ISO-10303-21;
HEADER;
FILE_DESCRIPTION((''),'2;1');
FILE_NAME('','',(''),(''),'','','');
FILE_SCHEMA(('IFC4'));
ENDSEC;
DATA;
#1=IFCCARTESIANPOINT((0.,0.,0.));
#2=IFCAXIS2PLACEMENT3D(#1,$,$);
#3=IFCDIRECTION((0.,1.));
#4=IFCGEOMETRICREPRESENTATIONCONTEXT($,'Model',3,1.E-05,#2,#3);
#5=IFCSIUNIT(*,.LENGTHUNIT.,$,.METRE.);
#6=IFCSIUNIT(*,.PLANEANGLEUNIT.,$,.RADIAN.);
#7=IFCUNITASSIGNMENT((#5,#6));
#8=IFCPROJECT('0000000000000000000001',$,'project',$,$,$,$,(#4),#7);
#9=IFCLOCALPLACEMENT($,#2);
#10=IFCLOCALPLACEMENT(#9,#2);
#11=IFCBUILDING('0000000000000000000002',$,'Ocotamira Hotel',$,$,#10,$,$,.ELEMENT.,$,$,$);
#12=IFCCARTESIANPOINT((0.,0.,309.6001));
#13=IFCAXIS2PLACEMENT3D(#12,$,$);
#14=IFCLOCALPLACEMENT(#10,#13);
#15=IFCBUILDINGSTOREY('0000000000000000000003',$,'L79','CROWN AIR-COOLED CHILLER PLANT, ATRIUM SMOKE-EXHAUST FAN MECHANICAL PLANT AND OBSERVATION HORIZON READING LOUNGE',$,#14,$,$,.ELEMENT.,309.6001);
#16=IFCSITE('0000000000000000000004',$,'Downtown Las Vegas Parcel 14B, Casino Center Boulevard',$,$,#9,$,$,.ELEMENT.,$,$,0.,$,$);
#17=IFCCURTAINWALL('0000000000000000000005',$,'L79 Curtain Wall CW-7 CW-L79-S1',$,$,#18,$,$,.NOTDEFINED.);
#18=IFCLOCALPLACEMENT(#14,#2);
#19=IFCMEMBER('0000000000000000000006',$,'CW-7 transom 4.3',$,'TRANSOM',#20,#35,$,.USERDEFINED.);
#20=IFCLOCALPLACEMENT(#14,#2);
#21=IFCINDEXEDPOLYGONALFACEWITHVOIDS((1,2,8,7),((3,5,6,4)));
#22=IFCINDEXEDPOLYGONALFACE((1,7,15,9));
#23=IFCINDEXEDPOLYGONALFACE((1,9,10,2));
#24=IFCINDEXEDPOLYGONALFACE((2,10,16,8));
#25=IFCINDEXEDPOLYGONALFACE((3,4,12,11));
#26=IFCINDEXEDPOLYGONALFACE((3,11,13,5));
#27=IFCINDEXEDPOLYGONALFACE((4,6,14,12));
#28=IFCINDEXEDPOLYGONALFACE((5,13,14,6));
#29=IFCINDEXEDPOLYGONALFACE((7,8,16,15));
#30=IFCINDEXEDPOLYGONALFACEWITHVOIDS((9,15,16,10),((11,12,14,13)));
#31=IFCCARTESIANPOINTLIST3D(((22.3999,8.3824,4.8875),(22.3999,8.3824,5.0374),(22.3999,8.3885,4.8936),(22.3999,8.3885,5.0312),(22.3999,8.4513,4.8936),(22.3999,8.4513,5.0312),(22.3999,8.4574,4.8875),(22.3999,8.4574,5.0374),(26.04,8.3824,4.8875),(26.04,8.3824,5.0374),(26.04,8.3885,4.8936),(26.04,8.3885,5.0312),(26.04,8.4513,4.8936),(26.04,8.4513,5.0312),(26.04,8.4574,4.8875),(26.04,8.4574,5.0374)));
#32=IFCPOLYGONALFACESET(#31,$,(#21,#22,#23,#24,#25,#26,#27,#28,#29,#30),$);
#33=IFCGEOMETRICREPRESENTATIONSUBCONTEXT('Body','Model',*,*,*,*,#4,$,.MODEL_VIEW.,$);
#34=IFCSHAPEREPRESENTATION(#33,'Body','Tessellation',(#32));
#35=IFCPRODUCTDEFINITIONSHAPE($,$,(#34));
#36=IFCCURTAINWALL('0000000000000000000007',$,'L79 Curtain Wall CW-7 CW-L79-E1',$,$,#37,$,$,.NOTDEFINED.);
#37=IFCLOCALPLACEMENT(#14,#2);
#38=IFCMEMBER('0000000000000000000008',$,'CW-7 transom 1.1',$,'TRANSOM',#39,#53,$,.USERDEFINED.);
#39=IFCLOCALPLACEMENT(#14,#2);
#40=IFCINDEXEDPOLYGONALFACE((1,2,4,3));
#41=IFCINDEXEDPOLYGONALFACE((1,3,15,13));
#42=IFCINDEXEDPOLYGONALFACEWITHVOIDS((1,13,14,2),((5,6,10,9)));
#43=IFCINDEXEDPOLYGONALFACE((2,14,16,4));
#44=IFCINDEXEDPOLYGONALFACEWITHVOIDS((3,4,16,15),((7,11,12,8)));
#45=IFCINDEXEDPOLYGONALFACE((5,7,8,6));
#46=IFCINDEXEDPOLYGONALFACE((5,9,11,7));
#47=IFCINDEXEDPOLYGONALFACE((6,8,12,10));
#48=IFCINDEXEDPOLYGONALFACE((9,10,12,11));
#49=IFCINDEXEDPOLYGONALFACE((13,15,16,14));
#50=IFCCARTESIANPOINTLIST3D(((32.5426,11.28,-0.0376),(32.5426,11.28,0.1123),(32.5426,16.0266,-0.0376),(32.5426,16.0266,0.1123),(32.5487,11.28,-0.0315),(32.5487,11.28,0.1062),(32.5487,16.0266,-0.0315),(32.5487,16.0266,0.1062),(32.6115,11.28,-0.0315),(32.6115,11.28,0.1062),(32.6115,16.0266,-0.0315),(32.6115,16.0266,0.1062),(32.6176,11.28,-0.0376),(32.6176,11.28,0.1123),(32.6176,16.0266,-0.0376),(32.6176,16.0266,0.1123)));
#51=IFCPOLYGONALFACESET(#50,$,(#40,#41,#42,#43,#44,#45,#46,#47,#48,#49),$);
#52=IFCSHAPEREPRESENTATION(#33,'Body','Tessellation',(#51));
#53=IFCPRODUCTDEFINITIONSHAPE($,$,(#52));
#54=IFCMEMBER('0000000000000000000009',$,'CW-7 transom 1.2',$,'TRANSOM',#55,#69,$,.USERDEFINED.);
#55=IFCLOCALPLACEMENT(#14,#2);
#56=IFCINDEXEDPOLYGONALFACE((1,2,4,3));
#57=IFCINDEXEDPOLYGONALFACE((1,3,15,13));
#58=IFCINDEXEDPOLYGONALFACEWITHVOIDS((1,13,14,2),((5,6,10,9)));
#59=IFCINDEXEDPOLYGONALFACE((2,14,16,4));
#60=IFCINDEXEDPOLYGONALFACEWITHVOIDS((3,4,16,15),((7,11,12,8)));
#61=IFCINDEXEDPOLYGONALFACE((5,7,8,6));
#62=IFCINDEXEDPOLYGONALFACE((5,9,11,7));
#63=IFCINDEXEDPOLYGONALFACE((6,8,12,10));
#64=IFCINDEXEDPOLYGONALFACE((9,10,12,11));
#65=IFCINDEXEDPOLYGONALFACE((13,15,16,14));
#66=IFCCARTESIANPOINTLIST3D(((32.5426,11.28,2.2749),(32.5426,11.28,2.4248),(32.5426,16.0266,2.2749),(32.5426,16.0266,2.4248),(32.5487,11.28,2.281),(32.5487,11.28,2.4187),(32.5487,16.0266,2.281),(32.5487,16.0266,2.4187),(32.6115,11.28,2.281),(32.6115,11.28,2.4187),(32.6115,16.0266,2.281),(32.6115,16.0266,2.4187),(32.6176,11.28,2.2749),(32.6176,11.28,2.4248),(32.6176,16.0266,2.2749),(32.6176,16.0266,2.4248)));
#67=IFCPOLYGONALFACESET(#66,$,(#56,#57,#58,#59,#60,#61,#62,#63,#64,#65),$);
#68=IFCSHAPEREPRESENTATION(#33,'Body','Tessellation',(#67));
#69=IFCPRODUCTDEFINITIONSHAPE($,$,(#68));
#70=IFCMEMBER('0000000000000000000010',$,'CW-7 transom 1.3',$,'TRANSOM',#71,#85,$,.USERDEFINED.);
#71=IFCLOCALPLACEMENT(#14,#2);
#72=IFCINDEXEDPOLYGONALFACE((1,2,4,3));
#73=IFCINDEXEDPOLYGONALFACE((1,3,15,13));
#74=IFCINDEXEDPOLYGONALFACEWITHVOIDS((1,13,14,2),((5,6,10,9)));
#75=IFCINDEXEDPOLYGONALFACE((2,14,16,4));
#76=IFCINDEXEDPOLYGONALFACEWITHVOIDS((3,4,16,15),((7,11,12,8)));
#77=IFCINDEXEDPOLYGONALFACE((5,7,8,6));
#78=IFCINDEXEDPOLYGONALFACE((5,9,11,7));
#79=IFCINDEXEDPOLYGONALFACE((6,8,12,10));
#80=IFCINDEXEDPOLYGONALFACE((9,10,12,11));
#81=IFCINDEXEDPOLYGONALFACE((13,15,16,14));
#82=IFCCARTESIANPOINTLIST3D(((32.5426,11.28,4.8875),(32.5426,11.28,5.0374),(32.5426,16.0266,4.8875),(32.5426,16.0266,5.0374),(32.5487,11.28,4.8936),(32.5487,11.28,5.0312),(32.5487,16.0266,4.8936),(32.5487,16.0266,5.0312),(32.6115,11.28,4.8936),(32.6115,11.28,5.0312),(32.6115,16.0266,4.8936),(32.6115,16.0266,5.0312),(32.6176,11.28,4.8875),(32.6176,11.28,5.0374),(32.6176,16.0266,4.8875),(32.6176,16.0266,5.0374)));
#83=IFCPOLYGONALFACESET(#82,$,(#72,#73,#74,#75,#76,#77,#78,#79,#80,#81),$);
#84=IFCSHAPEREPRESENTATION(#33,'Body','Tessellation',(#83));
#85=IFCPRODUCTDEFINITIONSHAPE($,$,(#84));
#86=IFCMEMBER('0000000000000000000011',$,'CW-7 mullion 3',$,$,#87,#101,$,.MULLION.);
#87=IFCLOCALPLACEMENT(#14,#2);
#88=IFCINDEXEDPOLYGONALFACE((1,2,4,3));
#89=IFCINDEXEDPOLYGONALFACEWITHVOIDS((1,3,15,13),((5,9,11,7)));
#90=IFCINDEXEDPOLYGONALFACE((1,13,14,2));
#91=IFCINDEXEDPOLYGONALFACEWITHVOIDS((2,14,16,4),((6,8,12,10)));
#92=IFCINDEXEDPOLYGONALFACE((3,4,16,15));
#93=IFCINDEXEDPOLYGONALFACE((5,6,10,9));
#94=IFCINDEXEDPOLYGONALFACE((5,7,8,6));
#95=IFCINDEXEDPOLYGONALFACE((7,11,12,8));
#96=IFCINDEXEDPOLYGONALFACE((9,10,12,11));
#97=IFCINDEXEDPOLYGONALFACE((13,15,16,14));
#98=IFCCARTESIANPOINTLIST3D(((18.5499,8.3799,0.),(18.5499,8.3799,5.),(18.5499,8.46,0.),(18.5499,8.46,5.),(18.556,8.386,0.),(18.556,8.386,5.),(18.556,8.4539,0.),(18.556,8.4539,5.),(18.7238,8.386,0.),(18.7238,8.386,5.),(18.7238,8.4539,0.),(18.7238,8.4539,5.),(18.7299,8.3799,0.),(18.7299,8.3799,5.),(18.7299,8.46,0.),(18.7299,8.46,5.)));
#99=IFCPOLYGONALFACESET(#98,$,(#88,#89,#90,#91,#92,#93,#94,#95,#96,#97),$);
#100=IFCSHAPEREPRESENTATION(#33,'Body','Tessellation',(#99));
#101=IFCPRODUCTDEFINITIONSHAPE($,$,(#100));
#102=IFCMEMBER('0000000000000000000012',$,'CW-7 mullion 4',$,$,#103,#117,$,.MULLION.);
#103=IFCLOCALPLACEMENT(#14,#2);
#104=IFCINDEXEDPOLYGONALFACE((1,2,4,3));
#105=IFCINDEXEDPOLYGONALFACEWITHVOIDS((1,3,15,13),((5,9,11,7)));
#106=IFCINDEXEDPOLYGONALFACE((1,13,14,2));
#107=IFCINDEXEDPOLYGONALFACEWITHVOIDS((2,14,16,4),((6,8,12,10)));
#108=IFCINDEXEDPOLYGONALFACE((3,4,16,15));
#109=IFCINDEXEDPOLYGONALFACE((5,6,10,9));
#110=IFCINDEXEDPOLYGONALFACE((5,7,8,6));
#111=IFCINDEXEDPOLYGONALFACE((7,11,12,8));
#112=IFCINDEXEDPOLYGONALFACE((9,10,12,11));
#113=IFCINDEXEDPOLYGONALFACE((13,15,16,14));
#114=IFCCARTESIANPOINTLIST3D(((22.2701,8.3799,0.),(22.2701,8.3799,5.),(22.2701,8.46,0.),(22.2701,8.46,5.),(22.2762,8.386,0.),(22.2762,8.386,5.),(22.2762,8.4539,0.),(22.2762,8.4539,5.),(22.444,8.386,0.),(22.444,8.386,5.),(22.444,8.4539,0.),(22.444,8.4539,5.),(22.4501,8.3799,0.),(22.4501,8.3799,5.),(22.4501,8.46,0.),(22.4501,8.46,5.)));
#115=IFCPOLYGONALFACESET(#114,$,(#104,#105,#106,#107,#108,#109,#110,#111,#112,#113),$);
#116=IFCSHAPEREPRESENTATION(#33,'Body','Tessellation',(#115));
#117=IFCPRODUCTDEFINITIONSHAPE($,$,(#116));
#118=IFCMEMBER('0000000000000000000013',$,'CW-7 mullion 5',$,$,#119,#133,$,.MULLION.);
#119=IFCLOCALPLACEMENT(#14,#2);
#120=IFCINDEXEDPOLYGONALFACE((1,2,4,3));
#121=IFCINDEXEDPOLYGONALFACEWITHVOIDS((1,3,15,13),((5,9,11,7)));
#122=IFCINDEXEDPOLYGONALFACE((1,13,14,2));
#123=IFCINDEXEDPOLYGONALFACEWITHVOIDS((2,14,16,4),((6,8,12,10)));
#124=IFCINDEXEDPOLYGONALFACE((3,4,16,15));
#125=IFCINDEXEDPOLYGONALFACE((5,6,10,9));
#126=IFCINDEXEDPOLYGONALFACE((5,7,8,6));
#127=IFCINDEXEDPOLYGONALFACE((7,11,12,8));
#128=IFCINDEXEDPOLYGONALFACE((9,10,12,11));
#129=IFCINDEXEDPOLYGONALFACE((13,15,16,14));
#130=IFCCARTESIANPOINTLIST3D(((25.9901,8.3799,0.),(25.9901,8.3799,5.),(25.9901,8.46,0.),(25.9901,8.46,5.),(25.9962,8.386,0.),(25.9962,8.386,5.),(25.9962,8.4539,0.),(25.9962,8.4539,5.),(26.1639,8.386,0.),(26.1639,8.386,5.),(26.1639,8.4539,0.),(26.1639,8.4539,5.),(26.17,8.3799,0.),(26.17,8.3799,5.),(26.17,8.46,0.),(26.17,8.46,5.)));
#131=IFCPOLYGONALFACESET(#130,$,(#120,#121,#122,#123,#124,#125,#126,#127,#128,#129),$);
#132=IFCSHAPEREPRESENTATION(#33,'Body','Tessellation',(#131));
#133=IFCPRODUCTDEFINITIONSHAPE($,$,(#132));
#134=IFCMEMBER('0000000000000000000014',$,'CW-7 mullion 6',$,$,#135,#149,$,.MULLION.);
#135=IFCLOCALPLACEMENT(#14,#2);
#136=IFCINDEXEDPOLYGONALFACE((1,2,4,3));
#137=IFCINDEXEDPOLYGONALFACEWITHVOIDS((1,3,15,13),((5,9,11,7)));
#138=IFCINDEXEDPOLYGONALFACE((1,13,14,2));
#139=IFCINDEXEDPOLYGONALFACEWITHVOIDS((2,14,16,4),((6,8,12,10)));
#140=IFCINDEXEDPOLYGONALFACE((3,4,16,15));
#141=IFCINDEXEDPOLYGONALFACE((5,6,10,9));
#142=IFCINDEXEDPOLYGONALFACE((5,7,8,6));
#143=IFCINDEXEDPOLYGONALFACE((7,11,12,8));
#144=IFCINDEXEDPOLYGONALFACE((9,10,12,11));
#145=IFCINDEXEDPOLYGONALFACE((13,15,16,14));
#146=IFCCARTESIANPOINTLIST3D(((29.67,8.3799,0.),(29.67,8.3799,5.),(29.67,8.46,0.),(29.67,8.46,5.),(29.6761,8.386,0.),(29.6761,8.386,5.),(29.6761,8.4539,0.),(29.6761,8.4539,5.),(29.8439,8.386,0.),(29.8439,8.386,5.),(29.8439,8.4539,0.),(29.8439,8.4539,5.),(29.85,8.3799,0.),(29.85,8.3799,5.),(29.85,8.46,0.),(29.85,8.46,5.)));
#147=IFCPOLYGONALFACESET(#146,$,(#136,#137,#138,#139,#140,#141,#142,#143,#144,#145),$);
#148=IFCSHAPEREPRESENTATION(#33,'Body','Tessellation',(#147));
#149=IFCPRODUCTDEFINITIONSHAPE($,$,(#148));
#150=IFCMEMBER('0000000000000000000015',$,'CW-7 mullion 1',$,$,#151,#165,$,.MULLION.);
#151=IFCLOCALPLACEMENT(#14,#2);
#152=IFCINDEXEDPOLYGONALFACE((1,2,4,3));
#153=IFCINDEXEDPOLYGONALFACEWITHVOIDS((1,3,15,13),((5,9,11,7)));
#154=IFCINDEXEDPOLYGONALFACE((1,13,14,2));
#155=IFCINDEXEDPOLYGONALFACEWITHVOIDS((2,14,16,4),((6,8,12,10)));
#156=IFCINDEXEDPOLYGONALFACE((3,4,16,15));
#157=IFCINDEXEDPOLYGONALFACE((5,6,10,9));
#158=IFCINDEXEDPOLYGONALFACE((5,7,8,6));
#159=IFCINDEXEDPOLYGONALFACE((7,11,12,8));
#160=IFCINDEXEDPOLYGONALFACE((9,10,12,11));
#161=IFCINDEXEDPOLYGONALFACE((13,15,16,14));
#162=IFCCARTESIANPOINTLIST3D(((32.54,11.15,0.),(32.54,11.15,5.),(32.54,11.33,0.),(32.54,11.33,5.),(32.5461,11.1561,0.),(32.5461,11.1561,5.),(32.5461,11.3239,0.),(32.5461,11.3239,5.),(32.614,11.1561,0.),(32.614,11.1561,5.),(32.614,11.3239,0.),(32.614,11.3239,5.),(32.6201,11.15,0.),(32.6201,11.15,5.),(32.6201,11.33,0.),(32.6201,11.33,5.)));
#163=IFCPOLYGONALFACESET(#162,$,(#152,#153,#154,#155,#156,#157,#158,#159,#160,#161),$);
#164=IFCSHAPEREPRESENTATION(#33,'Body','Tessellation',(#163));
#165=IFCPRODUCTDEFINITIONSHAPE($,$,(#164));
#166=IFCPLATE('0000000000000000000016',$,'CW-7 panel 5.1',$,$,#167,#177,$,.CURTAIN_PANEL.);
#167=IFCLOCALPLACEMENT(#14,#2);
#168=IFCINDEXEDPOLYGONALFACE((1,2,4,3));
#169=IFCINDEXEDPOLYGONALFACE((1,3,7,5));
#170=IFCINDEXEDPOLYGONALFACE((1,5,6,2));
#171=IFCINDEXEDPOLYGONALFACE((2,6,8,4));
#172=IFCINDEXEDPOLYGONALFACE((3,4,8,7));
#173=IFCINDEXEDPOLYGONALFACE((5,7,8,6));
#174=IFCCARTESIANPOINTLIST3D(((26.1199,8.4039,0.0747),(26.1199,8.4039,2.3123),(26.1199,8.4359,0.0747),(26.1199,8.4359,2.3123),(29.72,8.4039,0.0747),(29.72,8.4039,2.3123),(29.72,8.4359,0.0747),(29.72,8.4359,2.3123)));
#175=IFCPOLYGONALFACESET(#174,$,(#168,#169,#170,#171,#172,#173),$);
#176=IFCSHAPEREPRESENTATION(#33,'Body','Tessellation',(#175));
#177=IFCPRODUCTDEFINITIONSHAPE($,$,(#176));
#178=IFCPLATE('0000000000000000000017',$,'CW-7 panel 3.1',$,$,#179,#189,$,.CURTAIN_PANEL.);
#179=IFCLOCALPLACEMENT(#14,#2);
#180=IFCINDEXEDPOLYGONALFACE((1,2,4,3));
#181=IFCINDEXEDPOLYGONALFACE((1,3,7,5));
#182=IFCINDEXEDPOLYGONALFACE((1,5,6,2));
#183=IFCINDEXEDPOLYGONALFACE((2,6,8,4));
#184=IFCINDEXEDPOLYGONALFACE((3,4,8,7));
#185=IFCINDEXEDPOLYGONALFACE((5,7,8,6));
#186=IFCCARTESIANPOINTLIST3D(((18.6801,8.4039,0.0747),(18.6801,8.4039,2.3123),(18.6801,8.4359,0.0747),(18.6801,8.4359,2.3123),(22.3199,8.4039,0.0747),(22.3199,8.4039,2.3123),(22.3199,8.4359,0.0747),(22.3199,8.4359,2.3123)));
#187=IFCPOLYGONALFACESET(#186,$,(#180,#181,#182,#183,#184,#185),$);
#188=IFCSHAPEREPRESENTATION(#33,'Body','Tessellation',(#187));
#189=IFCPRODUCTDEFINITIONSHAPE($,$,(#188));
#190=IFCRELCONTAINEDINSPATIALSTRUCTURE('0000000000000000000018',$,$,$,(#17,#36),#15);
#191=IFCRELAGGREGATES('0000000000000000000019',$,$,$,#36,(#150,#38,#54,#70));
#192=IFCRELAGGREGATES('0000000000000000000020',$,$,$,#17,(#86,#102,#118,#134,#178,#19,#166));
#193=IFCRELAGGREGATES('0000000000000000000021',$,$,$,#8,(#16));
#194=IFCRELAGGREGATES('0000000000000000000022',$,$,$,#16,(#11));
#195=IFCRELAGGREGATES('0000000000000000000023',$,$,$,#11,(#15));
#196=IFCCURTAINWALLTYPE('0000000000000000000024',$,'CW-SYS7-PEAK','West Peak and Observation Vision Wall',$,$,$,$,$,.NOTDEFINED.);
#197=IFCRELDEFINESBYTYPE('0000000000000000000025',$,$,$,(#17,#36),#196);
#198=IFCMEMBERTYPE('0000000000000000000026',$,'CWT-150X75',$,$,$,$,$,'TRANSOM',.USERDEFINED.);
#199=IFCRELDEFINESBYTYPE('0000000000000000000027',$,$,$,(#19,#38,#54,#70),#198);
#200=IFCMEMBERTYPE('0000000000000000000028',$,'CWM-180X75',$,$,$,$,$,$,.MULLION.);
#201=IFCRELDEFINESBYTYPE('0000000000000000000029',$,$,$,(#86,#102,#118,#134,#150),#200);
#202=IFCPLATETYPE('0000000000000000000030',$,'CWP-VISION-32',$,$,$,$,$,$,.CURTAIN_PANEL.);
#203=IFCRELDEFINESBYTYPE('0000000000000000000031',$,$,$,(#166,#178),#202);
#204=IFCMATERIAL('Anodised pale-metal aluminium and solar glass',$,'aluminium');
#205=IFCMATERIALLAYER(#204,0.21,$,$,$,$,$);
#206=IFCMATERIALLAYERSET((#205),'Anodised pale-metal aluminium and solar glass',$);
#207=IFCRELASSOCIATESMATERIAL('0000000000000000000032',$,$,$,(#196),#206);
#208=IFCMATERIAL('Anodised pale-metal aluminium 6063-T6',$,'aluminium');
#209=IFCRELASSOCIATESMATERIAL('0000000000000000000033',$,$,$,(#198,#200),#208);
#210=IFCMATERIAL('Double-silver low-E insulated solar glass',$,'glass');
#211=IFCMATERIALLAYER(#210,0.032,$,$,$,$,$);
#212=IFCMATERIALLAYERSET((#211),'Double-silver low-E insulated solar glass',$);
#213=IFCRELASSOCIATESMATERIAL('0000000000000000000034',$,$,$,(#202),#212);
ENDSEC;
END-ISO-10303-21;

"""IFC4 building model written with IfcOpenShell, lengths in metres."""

from ifc_helpers import new_model, si_unit, direction, frame, origin, origin_2d, place, context, subcontext, project, spatial, rectangle, hollow_rectangle, extrude, source, transform, mapped, material, layer, layer_set, material_profile, profile_set, type_object, element, aggregate, save


model = new_model("IFC4")

# Units and contexts
model_context = context("Model", 3, precision=1e-05, world=origin(), true_north=direction((0.0, 1.0)))
body_context = subcontext(model_context, "Body", "Model", "MODEL_VIEW")
ifc_project = project(units=[si_unit("LENGTHUNIT", "METRE"), si_unit("PLANEANGLEUNIT", "RADIAN")], contexts=[model_context])

# Site, building, storey
site_placement = place(None, origin())
site = spatial("IfcSite", under=ifc_project, at=site_placement, Name="Downtown Las Vegas Parcel 14B, Casino Center Boulevard", CompositionType="ELEMENT", RefElevation=0.0)
building_placement = place(site_placement, origin())
building = spatial("IfcBuilding", under=site, at=building_placement, Name="Ocotamira Hotel", CompositionType="ELEMENT")
storey_placement = place(building_placement, frame((0.0, 0.0, 309.6001)))
storey = spatial("IfcBuildingStorey", under=building, at=storey_placement, Name="L79", Description="CROWN AIR-COOLED CHILLER PLANT, ATRIUM SMOKE-EXHAUST FAN MECHANICAL PLANT AND OBSERVATION HORIZON READING LOUNGE", CompositionType="ELEMENT", Elevation=309.6001)

# Curtain walls, members
ifc_material_1 = material(Name="Anodised pale-metal aluminium and solar glass", Category="aluminium")
ifc_layer_1 = layer(ifc_material_1, 0.21)
ifc_layer_set_1 = layer_set([ifc_layer_1], Name="Anodised pale-metal aluminium and solar glass")
curtain_wall_type = type_object("IfcCurtainWallType", Name="CW-SYS7-PEAK", Description="West Peak and Observation Vision Wall", PredefinedType="NOTDEFINED", material=ifc_layer_set_1)
curtain_wall_1_placement = place(storey_placement, origin())
curtain_wall_1 = element("IfcCurtainWall", 1, at=curtain_wall_1_placement, inside=storey, type_object=curtain_wall_type, Name="L79 Curtain Wall CW-7 CW-L79-S1", PredefinedType="NOTDEFINED")
ifc_material_2 = material(Name="Anodised pale-metal aluminium 6063-T6", Category="aluminium")
ifc_material_profile_1 = material_profile(ifc_material_2, hollow_rectangle(XDim=0.075, YDim=0.1499, WallThickness=0.0061, at=origin_2d()), Name="HSS150X75X6")
ifc_profile_set_1 = profile_set([ifc_material_profile_1], Name="Anodised pale-metal aluminium 6063-T6")
member_type_1 = type_object("IfcMemberType", Name="CWT-150X75", ElementType="TRANSOM", PredefinedType="USERDEFINED", material=ifc_profile_set_1)
shared_shape_1 = source(origin(), body_context, "Body", "SweptSolid", [
    extrude(hollow_rectangle(XDim=0.075, YDim=0.1499, WallThickness=0.0061, at=origin_2d()), origin(), (0.0, 0.0, 1.0), 3.6401),
])
member_1_placement = place(storey_placement, frame((22.3999, 8.4199, 4.9624), z_axis=(1.0, 0.0, 0.0), x_axis=(0.0, 1.0, 0.0)))
member_1 = element("IfcMember", 2, at=member_1_placement, type_object=member_type_1, Name="CW-7 transom 4.3", ObjectType="TRANSOM", PredefinedType="USERDEFINED", context=body_context, shape_type="MappedRepresentation", body=[
    mapped(shared_shape_1, transform((0.0, 0.0, 0.0), scale=1.0)),
])
curtain_wall_2_placement = place(storey_placement, origin())
curtain_wall_2 = element("IfcCurtainWall", 3, at=curtain_wall_2_placement, inside=storey, type_object=curtain_wall_type, Name="L79 Curtain Wall CW-7 CW-L79-E1", PredefinedType="NOTDEFINED")
shared_shape_2 = source(origin(), body_context, "Body", "SweptSolid", [
    extrude(hollow_rectangle(XDim=0.075, YDim=0.1499, WallThickness=0.0061, at=origin_2d()), origin(), (0.0, 0.0, 1.0), 4.7466),
])
member_2_placement = place(storey_placement, frame((32.5801, 11.28, 0.0374), z_axis=(0.0, 1.0, 0.0), x_axis=(-1.0, 0.0, 0.0)))
member_2 = element("IfcMember", 4, at=member_2_placement, type_object=member_type_1, Name="CW-7 transom 1.1", ObjectType="TRANSOM", PredefinedType="USERDEFINED", context=body_context, shape_type="MappedRepresentation", body=[
    mapped(shared_shape_2, transform((0.0, 0.0, 0.0), scale=1.0)),
])
member_3_placement = place(storey_placement, frame((32.5801, 11.28, 2.3499), z_axis=(0.0, 1.0, 0.0), x_axis=(-1.0, 0.0, 0.0)))
member_3 = element("IfcMember", 5, at=member_3_placement, type_object=member_type_1, Name="CW-7 transom 1.2", ObjectType="TRANSOM", PredefinedType="USERDEFINED", context=body_context, shape_type="MappedRepresentation", body=[
    mapped(shared_shape_2, transform((0.0, 0.0, 0.0), scale=1.0)),
])
member_4_placement = place(storey_placement, frame((32.5801, 11.28, 4.9624), z_axis=(0.0, 1.0, 0.0), x_axis=(-1.0, 0.0, 0.0)))
member_4 = element("IfcMember", 6, at=member_4_placement, type_object=member_type_1, Name="CW-7 transom 1.3", ObjectType="TRANSOM", PredefinedType="USERDEFINED", context=body_context, shape_type="MappedRepresentation", body=[
    mapped(shared_shape_2, transform((0.0, 0.0, 0.0), scale=1.0)),
])

# Members
ifc_material_profile_2 = material_profile(ifc_material_2, hollow_rectangle(XDim=0.0801, YDim=0.1799, WallThickness=0.0061, at=origin_2d()), Name="HSS180X80X6")
ifc_profile_set_2 = profile_set([ifc_material_profile_2], Name="Anodised pale-metal aluminium 6063-T6")
member_type_2 = type_object("IfcMemberType", Name="CWM-180X75", PredefinedType="MULLION", material=ifc_profile_set_2)
shared_shape_3 = source(origin(), body_context, "Body", "SweptSolid", [
    extrude(hollow_rectangle(XDim=0.0801, YDim=0.1799, WallThickness=0.0061, at=origin_2d()), origin(), (0.0, 0.0, 1.0), 5.0),
])
member_5_placement = place(storey_placement, frame((18.6399, 8.4199, 0.0), z_axis=(0.0, 0.0, 1.0), x_axis=(0.0, 1.0, 0.0)))
member_5 = element("IfcMember", 7, at=member_5_placement, type_object=member_type_2, Name="CW-7 mullion 3", PredefinedType="MULLION", context=body_context, shape_type="MappedRepresentation", body=[
    mapped(shared_shape_3, transform((0.0, 0.0, 0.0), scale=1.0)),
])
member_6_placement = place(storey_placement, frame((22.3601, 8.4199, 0.0), z_axis=(0.0, 0.0, 1.0), x_axis=(0.0, 1.0, 0.0)))
member_6 = element("IfcMember", 8, at=member_6_placement, type_object=member_type_2, Name="CW-7 mullion 4", PredefinedType="MULLION", context=body_context, shape_type="MappedRepresentation", body=[
    mapped(shared_shape_3, transform((0.0, 0.0, 0.0), scale=1.0)),
])
member_7_placement = place(storey_placement, frame((26.0801, 8.4199, 0.0), z_axis=(0.0, 0.0, 1.0), x_axis=(0.0, 1.0, 0.0)))
member_7 = element("IfcMember", 9, at=member_7_placement, type_object=member_type_2, Name="CW-7 mullion 5", PredefinedType="MULLION", context=body_context, shape_type="MappedRepresentation", body=[
    mapped(shared_shape_3, transform((0.0, 0.0, 0.0), scale=1.0)),
])
member_8_placement = place(storey_placement, frame((29.76, 8.4199, 0.0), z_axis=(0.0, 0.0, 1.0), x_axis=(0.0, 1.0, 0.0)))
member_8 = element("IfcMember", 10, at=member_8_placement, type_object=member_type_2, Name="CW-7 mullion 6", PredefinedType="MULLION", context=body_context, shape_type="MappedRepresentation", body=[
    mapped(shared_shape_3, transform((0.0, 0.0, 0.0), scale=1.0)),
])
member_9_placement = place(storey_placement, frame((32.5801, 11.24, 0.0), z_axis=(0.0, 0.0, 1.0), x_axis=(-1.0, 0.0, 0.0)))
member_9 = element("IfcMember", 11, at=member_9_placement, type_object=member_type_2, Name="CW-7 mullion 1", PredefinedType="MULLION", context=body_context, shape_type="MappedRepresentation", body=[
    mapped(shared_shape_3, transform((0.0, 0.0, 0.0), scale=1.0)),
])
aggregate(curtain_wall_2, [member_9, member_2, member_3, member_4])

# Plates
ifc_material_3 = material(Name="Double-silver low-E insulated solar glass", Category="glass")
ifc_layer_2 = layer(ifc_material_3, 0.032)
ifc_layer_set_2 = layer_set([ifc_layer_2], Name="Double-silver low-E insulated solar glass")
plate_type = type_object("IfcPlateType", Name="CWP-VISION-32", PredefinedType="CURTAIN_PANEL", material=ifc_layer_set_2)
shared_shape_4 = source(origin(), body_context, "Body", "SweptSolid", [
    extrude(rectangle(XDim=3.6001, YDim=0.032, at=origin_2d()), origin(), (0.0, 0.0, 1.0), 2.2375),
])
plate_1_placement = place(storey_placement, frame((27.9199, 8.4199, 0.0747), z_axis=(0.0, 0.0, 1.0), x_axis=(1.0, 0.0, 0.0)))
plate_1 = element("IfcPlate", 12, at=plate_1_placement, type_object=plate_type, Name="CW-7 panel 5.1", PredefinedType="CURTAIN_PANEL", context=body_context, shape_type="MappedRepresentation", body=[
    mapped(shared_shape_4, transform((0.0, 0.0, 0.0), scale=1.0)),
])
shared_shape_5 = source(origin(), body_context, "Body", "SweptSolid", [
    extrude(rectangle(XDim=3.6399, YDim=0.032, at=origin_2d()), origin(), (0.0, 0.0, 1.0), 2.2375),
])
plate_2_placement = place(storey_placement, frame((20.5, 8.4199, 0.0747), z_axis=(0.0, 0.0, 1.0), x_axis=(1.0, 0.0, 0.0)))
plate_2 = element("IfcPlate", 13, at=plate_2_placement, type_object=plate_type, Name="CW-7 panel 3.1", PredefinedType="CURTAIN_PANEL", context=body_context, shape_type="MappedRepresentation", body=[
    mapped(shared_shape_5, transform((0.0, 0.0, 0.0), scale=1.0)),
])
aggregate(curtain_wall_1, [member_5, member_6, member_7, member_8, plate_2, member_1, plate_1])

save(model, "model.ifc")
